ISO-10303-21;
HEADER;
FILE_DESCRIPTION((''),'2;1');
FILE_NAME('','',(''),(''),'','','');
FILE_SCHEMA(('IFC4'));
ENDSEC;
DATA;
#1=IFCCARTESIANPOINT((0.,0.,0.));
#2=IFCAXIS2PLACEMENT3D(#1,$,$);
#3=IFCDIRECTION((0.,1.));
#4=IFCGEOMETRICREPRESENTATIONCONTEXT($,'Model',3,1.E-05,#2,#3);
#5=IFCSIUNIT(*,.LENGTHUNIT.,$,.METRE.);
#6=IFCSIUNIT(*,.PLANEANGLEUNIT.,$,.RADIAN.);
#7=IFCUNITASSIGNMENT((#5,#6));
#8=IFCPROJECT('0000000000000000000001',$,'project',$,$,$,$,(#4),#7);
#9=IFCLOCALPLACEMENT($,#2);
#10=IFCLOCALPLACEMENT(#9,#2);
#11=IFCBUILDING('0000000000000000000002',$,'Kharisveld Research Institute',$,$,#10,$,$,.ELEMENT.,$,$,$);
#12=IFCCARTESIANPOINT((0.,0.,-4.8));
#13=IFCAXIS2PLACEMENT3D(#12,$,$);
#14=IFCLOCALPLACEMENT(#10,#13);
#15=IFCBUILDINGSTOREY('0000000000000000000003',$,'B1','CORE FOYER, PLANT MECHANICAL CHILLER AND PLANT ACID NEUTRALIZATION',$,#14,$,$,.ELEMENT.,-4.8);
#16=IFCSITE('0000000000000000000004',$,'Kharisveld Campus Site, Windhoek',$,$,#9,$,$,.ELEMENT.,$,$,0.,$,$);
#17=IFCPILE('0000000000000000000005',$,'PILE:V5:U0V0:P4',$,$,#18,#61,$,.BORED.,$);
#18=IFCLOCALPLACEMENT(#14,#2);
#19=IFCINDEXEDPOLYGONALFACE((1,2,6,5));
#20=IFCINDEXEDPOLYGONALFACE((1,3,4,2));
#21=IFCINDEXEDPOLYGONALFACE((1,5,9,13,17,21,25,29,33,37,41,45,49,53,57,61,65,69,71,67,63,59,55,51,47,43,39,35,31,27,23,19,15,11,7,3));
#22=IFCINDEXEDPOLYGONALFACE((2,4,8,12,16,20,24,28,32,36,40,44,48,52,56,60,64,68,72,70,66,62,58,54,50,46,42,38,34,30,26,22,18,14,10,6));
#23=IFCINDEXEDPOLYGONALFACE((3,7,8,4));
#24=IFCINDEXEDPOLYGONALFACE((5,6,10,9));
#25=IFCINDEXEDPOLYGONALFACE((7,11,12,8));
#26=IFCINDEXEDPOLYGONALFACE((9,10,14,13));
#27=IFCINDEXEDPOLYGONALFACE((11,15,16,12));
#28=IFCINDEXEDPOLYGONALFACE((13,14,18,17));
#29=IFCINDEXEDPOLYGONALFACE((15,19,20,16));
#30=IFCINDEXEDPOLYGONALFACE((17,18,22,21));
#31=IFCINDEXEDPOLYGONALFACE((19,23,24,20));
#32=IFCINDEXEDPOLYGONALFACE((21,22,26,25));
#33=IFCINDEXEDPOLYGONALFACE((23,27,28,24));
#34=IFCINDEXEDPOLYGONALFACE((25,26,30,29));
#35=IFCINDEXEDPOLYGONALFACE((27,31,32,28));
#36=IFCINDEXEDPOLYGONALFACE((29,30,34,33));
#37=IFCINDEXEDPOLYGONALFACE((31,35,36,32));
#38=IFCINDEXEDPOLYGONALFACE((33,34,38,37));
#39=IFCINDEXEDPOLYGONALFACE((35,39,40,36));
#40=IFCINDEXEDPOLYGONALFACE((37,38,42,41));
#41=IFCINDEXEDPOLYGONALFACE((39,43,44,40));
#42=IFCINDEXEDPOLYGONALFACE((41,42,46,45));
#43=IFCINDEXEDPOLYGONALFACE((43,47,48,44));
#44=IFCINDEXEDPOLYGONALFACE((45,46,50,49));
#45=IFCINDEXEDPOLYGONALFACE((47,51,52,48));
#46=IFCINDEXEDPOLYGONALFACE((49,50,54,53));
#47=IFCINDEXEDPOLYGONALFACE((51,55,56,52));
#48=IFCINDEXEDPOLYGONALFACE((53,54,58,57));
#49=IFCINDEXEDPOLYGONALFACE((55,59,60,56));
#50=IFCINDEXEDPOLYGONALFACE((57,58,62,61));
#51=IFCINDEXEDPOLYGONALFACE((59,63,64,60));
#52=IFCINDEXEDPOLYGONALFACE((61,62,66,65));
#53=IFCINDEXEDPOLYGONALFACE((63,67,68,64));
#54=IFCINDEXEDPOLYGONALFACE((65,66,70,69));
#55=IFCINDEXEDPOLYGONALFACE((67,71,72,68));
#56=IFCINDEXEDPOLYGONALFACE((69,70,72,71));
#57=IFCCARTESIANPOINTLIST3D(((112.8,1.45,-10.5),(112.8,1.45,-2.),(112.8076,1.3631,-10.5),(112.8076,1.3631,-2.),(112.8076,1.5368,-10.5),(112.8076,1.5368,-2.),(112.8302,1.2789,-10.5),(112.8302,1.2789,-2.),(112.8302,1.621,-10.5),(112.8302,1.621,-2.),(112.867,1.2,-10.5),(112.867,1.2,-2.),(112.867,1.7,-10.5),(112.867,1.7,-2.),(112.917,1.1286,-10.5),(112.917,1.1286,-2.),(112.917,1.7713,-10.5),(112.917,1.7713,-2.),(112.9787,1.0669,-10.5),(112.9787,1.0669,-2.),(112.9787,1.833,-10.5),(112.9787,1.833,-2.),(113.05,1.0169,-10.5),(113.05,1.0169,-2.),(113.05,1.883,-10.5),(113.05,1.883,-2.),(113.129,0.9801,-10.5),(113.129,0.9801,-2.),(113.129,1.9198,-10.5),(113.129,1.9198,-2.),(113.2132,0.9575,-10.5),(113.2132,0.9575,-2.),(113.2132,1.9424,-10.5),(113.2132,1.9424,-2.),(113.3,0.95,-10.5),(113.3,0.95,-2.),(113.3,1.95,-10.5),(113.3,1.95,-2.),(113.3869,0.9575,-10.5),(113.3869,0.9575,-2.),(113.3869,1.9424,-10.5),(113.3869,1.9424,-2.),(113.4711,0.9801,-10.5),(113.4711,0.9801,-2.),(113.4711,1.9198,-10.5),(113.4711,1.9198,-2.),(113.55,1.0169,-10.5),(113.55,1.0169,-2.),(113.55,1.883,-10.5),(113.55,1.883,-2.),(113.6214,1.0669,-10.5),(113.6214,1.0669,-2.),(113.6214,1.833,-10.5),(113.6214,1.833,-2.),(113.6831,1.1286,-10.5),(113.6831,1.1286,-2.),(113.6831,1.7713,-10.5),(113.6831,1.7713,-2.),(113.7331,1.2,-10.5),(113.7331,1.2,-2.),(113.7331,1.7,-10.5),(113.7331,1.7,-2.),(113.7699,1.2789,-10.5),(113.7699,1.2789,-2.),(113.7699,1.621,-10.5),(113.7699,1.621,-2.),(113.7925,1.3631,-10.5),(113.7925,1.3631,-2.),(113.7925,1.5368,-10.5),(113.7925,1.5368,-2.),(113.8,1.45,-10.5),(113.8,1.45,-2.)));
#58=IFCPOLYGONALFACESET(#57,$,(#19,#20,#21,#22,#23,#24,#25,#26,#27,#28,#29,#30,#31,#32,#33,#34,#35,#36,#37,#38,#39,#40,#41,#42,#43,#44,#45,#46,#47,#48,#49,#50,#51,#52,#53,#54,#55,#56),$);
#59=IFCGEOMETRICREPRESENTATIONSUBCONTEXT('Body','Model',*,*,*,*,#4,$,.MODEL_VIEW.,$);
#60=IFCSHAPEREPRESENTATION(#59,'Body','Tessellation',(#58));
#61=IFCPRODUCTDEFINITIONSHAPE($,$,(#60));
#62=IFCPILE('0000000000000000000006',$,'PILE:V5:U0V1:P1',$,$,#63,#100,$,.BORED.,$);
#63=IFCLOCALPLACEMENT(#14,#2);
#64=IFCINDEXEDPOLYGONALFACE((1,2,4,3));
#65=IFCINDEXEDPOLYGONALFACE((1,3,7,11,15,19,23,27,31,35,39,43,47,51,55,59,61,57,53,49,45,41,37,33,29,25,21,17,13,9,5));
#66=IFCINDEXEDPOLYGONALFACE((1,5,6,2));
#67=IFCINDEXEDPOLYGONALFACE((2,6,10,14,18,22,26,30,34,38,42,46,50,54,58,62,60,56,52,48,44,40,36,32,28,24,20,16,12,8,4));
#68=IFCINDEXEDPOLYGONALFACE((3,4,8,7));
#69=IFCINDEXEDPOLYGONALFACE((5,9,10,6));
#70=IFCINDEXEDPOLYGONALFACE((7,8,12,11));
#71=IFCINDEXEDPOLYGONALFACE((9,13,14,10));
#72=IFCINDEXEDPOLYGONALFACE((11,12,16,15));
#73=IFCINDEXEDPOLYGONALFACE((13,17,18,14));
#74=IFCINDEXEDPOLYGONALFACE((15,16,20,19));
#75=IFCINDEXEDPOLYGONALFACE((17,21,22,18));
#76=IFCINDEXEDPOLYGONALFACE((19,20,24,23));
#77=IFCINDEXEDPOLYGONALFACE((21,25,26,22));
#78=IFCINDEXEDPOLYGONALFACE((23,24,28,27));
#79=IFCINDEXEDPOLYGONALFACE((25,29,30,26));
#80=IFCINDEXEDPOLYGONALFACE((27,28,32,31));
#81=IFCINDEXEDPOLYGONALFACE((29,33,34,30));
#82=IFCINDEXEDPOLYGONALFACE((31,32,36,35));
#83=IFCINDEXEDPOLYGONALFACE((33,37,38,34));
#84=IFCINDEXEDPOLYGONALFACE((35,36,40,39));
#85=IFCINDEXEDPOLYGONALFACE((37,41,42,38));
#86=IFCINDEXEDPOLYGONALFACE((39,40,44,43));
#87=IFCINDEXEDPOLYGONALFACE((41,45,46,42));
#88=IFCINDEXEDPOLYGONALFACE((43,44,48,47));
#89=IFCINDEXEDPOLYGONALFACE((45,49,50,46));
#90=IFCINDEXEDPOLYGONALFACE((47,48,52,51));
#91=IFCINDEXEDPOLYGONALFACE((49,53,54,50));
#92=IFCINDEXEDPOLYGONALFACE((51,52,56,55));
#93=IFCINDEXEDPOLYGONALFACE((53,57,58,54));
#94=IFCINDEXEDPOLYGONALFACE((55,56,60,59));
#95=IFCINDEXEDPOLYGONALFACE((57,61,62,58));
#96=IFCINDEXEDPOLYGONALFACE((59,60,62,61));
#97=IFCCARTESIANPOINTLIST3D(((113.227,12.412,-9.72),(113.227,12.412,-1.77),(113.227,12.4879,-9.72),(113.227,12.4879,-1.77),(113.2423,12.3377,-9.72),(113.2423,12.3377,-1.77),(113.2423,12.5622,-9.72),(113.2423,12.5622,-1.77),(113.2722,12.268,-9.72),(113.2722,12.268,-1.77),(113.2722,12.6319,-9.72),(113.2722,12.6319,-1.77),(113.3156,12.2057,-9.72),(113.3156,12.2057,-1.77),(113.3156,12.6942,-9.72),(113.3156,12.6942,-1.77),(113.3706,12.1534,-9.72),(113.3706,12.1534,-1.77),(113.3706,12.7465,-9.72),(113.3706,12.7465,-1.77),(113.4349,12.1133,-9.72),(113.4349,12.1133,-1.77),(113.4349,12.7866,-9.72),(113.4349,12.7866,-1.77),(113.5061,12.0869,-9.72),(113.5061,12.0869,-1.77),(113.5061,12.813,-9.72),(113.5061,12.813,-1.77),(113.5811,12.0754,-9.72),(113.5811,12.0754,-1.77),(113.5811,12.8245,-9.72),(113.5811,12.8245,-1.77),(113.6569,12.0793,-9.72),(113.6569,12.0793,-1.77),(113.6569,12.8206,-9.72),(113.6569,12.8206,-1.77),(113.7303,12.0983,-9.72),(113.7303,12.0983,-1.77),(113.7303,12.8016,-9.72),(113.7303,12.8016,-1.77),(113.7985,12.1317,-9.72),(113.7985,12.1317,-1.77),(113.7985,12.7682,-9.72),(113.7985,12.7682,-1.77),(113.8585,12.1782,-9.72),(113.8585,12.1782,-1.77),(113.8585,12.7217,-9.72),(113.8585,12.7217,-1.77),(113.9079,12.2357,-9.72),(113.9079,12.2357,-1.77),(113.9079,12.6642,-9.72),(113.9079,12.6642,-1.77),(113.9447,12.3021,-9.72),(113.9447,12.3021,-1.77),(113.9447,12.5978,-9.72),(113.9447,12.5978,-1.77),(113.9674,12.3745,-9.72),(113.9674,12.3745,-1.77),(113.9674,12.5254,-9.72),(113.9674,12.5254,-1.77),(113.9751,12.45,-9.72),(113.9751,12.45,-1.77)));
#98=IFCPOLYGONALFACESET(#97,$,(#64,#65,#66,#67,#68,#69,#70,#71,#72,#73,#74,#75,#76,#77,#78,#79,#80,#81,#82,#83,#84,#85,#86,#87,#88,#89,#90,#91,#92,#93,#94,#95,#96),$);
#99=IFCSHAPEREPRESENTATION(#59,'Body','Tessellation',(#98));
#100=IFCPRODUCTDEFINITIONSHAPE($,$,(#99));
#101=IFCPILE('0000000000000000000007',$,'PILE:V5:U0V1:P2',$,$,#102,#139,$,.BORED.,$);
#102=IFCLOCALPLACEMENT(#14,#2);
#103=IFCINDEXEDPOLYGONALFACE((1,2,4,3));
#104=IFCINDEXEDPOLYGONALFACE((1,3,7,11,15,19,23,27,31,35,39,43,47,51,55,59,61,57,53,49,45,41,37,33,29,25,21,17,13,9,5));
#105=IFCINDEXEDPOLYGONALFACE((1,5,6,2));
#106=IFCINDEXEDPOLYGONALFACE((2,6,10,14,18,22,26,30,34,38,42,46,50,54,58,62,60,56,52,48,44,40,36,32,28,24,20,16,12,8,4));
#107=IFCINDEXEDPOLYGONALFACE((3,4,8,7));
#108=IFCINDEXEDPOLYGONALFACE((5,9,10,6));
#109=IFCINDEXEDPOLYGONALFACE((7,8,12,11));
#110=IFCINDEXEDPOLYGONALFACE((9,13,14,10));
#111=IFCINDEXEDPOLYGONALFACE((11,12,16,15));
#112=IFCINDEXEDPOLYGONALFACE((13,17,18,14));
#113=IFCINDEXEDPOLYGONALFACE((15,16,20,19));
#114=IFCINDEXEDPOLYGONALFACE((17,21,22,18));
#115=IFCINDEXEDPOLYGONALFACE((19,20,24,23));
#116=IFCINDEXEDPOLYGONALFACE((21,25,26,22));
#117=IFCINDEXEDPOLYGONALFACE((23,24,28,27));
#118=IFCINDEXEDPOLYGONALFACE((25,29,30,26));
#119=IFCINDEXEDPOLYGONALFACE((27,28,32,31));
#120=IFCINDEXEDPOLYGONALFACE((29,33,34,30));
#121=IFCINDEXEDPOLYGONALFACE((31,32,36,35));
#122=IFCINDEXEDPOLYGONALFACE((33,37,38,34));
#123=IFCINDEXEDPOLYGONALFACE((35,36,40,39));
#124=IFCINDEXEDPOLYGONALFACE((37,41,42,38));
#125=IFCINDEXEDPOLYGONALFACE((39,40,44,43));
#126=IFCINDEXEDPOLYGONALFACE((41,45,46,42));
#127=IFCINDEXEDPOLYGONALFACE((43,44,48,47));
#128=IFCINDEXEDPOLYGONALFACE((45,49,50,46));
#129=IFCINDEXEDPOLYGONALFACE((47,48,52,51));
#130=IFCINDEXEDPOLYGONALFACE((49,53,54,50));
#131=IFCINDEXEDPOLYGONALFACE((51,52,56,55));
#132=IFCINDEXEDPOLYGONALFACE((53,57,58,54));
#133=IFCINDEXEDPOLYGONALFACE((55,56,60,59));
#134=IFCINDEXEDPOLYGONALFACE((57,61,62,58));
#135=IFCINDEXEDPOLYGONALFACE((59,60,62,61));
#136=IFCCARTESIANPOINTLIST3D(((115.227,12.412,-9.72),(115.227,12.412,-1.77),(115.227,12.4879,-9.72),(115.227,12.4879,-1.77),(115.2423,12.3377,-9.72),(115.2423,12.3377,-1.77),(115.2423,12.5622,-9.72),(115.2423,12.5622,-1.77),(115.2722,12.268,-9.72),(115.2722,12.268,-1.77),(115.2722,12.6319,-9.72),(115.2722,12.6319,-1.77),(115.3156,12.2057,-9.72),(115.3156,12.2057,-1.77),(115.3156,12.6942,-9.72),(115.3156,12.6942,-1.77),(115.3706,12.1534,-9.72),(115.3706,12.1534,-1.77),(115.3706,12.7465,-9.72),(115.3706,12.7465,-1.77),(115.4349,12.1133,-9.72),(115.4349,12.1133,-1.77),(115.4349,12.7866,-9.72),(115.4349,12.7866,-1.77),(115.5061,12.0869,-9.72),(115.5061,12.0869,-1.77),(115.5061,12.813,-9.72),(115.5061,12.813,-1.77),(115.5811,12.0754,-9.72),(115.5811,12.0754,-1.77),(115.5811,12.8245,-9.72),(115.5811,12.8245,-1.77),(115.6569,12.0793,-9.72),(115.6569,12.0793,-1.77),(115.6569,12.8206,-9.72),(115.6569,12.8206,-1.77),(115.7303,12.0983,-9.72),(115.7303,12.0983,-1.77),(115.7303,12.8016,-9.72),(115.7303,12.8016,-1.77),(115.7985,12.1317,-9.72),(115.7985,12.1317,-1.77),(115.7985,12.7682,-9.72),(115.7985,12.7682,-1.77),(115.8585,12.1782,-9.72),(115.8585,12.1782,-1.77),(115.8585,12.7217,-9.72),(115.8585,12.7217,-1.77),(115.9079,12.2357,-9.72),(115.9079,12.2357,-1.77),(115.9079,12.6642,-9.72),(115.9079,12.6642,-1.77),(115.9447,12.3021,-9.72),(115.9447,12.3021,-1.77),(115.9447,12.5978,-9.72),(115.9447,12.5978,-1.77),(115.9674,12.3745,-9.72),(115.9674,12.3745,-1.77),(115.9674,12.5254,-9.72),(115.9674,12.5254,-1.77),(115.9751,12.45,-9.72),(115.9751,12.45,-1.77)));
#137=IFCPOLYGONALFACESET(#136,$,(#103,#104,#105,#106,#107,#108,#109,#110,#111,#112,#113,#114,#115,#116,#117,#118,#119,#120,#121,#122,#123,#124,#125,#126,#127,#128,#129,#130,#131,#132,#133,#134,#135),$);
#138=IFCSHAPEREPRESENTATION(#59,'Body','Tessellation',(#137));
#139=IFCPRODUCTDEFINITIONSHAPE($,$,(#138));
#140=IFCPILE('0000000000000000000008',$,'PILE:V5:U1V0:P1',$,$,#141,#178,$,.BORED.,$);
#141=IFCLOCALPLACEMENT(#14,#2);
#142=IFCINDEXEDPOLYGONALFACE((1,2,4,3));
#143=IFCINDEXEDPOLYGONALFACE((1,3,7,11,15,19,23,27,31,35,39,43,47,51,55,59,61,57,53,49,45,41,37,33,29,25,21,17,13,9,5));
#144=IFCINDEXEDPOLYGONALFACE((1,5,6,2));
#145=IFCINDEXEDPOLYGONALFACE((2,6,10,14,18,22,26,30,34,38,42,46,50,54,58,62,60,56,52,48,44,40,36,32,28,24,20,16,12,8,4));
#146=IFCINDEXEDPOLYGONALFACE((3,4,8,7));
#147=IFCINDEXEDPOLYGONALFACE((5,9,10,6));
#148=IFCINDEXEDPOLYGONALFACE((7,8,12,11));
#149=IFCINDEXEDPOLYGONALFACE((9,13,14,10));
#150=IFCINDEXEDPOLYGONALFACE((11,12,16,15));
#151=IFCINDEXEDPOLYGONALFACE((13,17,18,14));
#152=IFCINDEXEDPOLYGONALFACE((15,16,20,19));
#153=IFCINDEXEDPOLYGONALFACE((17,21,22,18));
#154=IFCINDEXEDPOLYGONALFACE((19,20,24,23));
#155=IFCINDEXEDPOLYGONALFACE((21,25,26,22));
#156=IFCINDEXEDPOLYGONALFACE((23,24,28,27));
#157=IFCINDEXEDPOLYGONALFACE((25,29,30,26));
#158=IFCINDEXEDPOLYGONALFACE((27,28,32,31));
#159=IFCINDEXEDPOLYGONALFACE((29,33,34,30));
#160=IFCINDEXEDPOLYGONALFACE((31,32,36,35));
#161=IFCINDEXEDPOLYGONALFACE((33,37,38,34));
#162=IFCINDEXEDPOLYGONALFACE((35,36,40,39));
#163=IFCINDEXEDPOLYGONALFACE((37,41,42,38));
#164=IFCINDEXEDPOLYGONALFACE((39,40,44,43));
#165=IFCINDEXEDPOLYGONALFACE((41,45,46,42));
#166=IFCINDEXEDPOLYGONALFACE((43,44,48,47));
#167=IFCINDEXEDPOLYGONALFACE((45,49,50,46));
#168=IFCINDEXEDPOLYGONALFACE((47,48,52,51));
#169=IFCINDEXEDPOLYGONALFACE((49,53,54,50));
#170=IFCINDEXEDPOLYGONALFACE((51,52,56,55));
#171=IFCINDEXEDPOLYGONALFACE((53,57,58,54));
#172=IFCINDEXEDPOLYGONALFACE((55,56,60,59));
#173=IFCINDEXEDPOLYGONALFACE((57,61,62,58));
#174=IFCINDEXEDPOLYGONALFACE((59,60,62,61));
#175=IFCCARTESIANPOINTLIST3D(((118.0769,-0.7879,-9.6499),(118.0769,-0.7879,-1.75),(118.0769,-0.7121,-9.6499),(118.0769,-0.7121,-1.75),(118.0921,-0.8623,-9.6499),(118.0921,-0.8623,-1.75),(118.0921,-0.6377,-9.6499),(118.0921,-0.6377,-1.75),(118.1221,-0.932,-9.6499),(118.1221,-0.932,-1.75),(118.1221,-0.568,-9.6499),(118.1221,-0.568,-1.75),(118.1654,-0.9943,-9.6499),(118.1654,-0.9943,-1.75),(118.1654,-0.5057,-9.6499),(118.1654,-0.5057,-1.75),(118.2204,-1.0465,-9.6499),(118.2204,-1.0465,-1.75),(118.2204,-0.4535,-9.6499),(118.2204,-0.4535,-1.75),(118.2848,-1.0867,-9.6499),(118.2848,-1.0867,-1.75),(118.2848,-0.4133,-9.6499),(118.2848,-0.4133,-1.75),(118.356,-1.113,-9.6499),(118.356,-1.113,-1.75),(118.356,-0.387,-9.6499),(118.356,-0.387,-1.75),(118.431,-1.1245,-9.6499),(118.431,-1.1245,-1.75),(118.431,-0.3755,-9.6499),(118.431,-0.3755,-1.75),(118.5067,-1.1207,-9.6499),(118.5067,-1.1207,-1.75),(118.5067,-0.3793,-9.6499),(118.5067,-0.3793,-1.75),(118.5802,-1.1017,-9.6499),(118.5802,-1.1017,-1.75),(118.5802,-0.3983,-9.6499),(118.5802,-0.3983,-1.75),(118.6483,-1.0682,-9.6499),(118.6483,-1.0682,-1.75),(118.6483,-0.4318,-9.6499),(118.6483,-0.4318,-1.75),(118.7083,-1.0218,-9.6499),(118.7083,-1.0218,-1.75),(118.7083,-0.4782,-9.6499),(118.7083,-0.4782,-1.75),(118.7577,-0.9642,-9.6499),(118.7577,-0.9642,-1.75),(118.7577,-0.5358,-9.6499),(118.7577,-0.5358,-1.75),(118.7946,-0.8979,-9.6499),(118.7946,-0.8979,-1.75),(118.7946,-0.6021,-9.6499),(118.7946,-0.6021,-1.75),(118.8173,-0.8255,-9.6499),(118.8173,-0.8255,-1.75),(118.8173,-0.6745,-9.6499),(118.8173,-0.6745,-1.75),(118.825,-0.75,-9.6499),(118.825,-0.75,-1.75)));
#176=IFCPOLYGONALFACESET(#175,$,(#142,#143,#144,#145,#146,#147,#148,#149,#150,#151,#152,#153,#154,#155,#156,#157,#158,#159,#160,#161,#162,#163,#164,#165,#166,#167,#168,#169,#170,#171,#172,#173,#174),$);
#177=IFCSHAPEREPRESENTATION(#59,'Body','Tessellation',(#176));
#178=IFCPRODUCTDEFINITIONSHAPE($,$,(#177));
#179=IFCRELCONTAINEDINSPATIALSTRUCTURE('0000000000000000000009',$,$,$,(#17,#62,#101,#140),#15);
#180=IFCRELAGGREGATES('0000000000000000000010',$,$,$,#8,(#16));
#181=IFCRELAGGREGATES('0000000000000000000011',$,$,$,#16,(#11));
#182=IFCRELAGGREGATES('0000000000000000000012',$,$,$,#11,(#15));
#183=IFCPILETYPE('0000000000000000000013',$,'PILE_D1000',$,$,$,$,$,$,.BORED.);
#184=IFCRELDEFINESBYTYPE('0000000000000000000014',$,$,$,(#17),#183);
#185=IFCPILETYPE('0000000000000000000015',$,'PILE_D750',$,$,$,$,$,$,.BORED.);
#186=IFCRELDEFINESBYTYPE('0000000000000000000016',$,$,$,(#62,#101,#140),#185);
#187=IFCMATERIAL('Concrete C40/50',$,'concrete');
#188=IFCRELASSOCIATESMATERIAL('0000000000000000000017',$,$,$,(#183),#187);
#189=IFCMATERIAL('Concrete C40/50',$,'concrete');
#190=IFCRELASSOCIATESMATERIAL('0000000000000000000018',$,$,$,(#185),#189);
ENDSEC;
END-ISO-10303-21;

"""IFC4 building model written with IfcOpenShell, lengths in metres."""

from ifc_helpers import new_model, si_unit, direction, frame, origin, origin_2d, place, context, subcontext, project, spatial, circle, extrude, material, material_profile, profile_set, type_object, element, save


model = new_model("IFC4")

# Units and contexts
model_context = context("Model", 3, precision=1e-05, world=origin(), true_north=direction((0.0, 1.0)))
body_context = subcontext(model_context, "Body", "Model", "MODEL_VIEW")
ifc_project = project(units=[si_unit("LENGTHUNIT", "METRE"), si_unit("PLANEANGLEUNIT", "RADIAN")], contexts=[model_context])

# Site, building, storey
site_placement = place(None, origin())
site = spatial("IfcSite", under=ifc_project, at=site_placement, Name="Kharisveld Campus Site, Windhoek", CompositionType="ELEMENT", RefElevation=0.0)
building_placement = place(site_placement, origin())
building = spatial("IfcBuilding", under=site, at=building_placement, Name="Kharisveld Research Institute", CompositionType="ELEMENT")
storey_placement = place(building_placement, frame((0.0, 0.0, -4.8)))
storey = spatial("IfcBuildingStorey", under=building, at=storey_placement, Name="B1", Description="CORE FOYER, PLANT MECHANICAL CHILLER AND PLANT ACID NEUTRALIZATION", CompositionType="ELEMENT", Elevation=-4.8)

# Piles
ifc_material_1 = material(Name="Concrete C40/50", Category="concrete")
ifc_material_profile_1 = material_profile(ifc_material_1, circle(Radius=0.5, at=origin_2d()))
ifc_profile_set_1 = profile_set([ifc_material_profile_1], Name="Concrete C40/50")
pile_type_1 = type_object("IfcPileType", Name="PILE_D1000", PredefinedType="BORED", material=ifc_profile_set_1)
for number, where, z_axis, x_axis, name in (
    (1, (113.3, 1.45, -2.0), (0.0, 0.0, -1.0), (1.0, 0.0, 0.0), "PILE:V5:U0V0:P4"),
):
    element("IfcPile", number, at=place(storey_placement, frame(where, z_axis=z_axis, x_axis=x_axis)), inside=storey, type_object=pile_type_1, Name=name, PredefinedType="BORED", context=body_context, shape_type="SweptSolid", body=[
        extrude(circle(Radius=0.5, at=origin_2d()), origin(), (0.0, 0.0, 1.0), 8.5),
    ])
ifc_material_2 = material(Name="Concrete C40/50", Category="concrete")
ifc_material_profile_2 = material_profile(ifc_material_2, circle(Radius=0.375, at=origin_2d()))
ifc_profile_set_2 = profile_set([ifc_material_profile_2], Name="Concrete C40/50")
pile_type_2 = type_object("IfcPileType", Name="PILE_D750", PredefinedType="BORED", material=ifc_profile_set_2)
for number, where, z_axis, x_axis, name in (
    (2, (113.6001, 12.45, -1.77), (0.0, 0.0, -1.0), (1.0, 0.0, 0.0), "PILE:V5:U0V1:P1"),
    (3, (115.6001, 12.45, -1.77), (0.0, 0.0, -1.0), (1.0, 0.0, 0.0), "PILE:V5:U0V1:P2"),
):
    element("IfcPile", number, at=place(storey_placement, frame(where, z_axis=z_axis, x_axis=x_axis)), inside=storey, type_object=pile_type_2, Name=name, PredefinedType="BORED", context=body_context, shape_type="SweptSolid", body=[
        extrude(circle(Radius=0.375, at=origin_2d()), origin(), (0.0, 0.0, 1.0), 7.95),
    ])
for number, where, z_axis, x_axis, name in (
    (4, (118.45, -0.75, -1.75), (0.0, 0.0, -1.0), (1.0, 0.0, 0.0), "PILE:V5:U1V0:P1"),
):
    element("IfcPile", number, at=place(storey_placement, frame(where, z_axis=z_axis, x_axis=x_axis)), inside=storey, type_object=pile_type_2, Name=name, PredefinedType="BORED", context=body_context, shape_type="SweptSolid", body=[
        extrude(circle(Radius=0.375, at=origin_2d()), origin(), (0.0, 0.0, 1.0), 7.8999),
    ])

save(model, "model.ifc")
